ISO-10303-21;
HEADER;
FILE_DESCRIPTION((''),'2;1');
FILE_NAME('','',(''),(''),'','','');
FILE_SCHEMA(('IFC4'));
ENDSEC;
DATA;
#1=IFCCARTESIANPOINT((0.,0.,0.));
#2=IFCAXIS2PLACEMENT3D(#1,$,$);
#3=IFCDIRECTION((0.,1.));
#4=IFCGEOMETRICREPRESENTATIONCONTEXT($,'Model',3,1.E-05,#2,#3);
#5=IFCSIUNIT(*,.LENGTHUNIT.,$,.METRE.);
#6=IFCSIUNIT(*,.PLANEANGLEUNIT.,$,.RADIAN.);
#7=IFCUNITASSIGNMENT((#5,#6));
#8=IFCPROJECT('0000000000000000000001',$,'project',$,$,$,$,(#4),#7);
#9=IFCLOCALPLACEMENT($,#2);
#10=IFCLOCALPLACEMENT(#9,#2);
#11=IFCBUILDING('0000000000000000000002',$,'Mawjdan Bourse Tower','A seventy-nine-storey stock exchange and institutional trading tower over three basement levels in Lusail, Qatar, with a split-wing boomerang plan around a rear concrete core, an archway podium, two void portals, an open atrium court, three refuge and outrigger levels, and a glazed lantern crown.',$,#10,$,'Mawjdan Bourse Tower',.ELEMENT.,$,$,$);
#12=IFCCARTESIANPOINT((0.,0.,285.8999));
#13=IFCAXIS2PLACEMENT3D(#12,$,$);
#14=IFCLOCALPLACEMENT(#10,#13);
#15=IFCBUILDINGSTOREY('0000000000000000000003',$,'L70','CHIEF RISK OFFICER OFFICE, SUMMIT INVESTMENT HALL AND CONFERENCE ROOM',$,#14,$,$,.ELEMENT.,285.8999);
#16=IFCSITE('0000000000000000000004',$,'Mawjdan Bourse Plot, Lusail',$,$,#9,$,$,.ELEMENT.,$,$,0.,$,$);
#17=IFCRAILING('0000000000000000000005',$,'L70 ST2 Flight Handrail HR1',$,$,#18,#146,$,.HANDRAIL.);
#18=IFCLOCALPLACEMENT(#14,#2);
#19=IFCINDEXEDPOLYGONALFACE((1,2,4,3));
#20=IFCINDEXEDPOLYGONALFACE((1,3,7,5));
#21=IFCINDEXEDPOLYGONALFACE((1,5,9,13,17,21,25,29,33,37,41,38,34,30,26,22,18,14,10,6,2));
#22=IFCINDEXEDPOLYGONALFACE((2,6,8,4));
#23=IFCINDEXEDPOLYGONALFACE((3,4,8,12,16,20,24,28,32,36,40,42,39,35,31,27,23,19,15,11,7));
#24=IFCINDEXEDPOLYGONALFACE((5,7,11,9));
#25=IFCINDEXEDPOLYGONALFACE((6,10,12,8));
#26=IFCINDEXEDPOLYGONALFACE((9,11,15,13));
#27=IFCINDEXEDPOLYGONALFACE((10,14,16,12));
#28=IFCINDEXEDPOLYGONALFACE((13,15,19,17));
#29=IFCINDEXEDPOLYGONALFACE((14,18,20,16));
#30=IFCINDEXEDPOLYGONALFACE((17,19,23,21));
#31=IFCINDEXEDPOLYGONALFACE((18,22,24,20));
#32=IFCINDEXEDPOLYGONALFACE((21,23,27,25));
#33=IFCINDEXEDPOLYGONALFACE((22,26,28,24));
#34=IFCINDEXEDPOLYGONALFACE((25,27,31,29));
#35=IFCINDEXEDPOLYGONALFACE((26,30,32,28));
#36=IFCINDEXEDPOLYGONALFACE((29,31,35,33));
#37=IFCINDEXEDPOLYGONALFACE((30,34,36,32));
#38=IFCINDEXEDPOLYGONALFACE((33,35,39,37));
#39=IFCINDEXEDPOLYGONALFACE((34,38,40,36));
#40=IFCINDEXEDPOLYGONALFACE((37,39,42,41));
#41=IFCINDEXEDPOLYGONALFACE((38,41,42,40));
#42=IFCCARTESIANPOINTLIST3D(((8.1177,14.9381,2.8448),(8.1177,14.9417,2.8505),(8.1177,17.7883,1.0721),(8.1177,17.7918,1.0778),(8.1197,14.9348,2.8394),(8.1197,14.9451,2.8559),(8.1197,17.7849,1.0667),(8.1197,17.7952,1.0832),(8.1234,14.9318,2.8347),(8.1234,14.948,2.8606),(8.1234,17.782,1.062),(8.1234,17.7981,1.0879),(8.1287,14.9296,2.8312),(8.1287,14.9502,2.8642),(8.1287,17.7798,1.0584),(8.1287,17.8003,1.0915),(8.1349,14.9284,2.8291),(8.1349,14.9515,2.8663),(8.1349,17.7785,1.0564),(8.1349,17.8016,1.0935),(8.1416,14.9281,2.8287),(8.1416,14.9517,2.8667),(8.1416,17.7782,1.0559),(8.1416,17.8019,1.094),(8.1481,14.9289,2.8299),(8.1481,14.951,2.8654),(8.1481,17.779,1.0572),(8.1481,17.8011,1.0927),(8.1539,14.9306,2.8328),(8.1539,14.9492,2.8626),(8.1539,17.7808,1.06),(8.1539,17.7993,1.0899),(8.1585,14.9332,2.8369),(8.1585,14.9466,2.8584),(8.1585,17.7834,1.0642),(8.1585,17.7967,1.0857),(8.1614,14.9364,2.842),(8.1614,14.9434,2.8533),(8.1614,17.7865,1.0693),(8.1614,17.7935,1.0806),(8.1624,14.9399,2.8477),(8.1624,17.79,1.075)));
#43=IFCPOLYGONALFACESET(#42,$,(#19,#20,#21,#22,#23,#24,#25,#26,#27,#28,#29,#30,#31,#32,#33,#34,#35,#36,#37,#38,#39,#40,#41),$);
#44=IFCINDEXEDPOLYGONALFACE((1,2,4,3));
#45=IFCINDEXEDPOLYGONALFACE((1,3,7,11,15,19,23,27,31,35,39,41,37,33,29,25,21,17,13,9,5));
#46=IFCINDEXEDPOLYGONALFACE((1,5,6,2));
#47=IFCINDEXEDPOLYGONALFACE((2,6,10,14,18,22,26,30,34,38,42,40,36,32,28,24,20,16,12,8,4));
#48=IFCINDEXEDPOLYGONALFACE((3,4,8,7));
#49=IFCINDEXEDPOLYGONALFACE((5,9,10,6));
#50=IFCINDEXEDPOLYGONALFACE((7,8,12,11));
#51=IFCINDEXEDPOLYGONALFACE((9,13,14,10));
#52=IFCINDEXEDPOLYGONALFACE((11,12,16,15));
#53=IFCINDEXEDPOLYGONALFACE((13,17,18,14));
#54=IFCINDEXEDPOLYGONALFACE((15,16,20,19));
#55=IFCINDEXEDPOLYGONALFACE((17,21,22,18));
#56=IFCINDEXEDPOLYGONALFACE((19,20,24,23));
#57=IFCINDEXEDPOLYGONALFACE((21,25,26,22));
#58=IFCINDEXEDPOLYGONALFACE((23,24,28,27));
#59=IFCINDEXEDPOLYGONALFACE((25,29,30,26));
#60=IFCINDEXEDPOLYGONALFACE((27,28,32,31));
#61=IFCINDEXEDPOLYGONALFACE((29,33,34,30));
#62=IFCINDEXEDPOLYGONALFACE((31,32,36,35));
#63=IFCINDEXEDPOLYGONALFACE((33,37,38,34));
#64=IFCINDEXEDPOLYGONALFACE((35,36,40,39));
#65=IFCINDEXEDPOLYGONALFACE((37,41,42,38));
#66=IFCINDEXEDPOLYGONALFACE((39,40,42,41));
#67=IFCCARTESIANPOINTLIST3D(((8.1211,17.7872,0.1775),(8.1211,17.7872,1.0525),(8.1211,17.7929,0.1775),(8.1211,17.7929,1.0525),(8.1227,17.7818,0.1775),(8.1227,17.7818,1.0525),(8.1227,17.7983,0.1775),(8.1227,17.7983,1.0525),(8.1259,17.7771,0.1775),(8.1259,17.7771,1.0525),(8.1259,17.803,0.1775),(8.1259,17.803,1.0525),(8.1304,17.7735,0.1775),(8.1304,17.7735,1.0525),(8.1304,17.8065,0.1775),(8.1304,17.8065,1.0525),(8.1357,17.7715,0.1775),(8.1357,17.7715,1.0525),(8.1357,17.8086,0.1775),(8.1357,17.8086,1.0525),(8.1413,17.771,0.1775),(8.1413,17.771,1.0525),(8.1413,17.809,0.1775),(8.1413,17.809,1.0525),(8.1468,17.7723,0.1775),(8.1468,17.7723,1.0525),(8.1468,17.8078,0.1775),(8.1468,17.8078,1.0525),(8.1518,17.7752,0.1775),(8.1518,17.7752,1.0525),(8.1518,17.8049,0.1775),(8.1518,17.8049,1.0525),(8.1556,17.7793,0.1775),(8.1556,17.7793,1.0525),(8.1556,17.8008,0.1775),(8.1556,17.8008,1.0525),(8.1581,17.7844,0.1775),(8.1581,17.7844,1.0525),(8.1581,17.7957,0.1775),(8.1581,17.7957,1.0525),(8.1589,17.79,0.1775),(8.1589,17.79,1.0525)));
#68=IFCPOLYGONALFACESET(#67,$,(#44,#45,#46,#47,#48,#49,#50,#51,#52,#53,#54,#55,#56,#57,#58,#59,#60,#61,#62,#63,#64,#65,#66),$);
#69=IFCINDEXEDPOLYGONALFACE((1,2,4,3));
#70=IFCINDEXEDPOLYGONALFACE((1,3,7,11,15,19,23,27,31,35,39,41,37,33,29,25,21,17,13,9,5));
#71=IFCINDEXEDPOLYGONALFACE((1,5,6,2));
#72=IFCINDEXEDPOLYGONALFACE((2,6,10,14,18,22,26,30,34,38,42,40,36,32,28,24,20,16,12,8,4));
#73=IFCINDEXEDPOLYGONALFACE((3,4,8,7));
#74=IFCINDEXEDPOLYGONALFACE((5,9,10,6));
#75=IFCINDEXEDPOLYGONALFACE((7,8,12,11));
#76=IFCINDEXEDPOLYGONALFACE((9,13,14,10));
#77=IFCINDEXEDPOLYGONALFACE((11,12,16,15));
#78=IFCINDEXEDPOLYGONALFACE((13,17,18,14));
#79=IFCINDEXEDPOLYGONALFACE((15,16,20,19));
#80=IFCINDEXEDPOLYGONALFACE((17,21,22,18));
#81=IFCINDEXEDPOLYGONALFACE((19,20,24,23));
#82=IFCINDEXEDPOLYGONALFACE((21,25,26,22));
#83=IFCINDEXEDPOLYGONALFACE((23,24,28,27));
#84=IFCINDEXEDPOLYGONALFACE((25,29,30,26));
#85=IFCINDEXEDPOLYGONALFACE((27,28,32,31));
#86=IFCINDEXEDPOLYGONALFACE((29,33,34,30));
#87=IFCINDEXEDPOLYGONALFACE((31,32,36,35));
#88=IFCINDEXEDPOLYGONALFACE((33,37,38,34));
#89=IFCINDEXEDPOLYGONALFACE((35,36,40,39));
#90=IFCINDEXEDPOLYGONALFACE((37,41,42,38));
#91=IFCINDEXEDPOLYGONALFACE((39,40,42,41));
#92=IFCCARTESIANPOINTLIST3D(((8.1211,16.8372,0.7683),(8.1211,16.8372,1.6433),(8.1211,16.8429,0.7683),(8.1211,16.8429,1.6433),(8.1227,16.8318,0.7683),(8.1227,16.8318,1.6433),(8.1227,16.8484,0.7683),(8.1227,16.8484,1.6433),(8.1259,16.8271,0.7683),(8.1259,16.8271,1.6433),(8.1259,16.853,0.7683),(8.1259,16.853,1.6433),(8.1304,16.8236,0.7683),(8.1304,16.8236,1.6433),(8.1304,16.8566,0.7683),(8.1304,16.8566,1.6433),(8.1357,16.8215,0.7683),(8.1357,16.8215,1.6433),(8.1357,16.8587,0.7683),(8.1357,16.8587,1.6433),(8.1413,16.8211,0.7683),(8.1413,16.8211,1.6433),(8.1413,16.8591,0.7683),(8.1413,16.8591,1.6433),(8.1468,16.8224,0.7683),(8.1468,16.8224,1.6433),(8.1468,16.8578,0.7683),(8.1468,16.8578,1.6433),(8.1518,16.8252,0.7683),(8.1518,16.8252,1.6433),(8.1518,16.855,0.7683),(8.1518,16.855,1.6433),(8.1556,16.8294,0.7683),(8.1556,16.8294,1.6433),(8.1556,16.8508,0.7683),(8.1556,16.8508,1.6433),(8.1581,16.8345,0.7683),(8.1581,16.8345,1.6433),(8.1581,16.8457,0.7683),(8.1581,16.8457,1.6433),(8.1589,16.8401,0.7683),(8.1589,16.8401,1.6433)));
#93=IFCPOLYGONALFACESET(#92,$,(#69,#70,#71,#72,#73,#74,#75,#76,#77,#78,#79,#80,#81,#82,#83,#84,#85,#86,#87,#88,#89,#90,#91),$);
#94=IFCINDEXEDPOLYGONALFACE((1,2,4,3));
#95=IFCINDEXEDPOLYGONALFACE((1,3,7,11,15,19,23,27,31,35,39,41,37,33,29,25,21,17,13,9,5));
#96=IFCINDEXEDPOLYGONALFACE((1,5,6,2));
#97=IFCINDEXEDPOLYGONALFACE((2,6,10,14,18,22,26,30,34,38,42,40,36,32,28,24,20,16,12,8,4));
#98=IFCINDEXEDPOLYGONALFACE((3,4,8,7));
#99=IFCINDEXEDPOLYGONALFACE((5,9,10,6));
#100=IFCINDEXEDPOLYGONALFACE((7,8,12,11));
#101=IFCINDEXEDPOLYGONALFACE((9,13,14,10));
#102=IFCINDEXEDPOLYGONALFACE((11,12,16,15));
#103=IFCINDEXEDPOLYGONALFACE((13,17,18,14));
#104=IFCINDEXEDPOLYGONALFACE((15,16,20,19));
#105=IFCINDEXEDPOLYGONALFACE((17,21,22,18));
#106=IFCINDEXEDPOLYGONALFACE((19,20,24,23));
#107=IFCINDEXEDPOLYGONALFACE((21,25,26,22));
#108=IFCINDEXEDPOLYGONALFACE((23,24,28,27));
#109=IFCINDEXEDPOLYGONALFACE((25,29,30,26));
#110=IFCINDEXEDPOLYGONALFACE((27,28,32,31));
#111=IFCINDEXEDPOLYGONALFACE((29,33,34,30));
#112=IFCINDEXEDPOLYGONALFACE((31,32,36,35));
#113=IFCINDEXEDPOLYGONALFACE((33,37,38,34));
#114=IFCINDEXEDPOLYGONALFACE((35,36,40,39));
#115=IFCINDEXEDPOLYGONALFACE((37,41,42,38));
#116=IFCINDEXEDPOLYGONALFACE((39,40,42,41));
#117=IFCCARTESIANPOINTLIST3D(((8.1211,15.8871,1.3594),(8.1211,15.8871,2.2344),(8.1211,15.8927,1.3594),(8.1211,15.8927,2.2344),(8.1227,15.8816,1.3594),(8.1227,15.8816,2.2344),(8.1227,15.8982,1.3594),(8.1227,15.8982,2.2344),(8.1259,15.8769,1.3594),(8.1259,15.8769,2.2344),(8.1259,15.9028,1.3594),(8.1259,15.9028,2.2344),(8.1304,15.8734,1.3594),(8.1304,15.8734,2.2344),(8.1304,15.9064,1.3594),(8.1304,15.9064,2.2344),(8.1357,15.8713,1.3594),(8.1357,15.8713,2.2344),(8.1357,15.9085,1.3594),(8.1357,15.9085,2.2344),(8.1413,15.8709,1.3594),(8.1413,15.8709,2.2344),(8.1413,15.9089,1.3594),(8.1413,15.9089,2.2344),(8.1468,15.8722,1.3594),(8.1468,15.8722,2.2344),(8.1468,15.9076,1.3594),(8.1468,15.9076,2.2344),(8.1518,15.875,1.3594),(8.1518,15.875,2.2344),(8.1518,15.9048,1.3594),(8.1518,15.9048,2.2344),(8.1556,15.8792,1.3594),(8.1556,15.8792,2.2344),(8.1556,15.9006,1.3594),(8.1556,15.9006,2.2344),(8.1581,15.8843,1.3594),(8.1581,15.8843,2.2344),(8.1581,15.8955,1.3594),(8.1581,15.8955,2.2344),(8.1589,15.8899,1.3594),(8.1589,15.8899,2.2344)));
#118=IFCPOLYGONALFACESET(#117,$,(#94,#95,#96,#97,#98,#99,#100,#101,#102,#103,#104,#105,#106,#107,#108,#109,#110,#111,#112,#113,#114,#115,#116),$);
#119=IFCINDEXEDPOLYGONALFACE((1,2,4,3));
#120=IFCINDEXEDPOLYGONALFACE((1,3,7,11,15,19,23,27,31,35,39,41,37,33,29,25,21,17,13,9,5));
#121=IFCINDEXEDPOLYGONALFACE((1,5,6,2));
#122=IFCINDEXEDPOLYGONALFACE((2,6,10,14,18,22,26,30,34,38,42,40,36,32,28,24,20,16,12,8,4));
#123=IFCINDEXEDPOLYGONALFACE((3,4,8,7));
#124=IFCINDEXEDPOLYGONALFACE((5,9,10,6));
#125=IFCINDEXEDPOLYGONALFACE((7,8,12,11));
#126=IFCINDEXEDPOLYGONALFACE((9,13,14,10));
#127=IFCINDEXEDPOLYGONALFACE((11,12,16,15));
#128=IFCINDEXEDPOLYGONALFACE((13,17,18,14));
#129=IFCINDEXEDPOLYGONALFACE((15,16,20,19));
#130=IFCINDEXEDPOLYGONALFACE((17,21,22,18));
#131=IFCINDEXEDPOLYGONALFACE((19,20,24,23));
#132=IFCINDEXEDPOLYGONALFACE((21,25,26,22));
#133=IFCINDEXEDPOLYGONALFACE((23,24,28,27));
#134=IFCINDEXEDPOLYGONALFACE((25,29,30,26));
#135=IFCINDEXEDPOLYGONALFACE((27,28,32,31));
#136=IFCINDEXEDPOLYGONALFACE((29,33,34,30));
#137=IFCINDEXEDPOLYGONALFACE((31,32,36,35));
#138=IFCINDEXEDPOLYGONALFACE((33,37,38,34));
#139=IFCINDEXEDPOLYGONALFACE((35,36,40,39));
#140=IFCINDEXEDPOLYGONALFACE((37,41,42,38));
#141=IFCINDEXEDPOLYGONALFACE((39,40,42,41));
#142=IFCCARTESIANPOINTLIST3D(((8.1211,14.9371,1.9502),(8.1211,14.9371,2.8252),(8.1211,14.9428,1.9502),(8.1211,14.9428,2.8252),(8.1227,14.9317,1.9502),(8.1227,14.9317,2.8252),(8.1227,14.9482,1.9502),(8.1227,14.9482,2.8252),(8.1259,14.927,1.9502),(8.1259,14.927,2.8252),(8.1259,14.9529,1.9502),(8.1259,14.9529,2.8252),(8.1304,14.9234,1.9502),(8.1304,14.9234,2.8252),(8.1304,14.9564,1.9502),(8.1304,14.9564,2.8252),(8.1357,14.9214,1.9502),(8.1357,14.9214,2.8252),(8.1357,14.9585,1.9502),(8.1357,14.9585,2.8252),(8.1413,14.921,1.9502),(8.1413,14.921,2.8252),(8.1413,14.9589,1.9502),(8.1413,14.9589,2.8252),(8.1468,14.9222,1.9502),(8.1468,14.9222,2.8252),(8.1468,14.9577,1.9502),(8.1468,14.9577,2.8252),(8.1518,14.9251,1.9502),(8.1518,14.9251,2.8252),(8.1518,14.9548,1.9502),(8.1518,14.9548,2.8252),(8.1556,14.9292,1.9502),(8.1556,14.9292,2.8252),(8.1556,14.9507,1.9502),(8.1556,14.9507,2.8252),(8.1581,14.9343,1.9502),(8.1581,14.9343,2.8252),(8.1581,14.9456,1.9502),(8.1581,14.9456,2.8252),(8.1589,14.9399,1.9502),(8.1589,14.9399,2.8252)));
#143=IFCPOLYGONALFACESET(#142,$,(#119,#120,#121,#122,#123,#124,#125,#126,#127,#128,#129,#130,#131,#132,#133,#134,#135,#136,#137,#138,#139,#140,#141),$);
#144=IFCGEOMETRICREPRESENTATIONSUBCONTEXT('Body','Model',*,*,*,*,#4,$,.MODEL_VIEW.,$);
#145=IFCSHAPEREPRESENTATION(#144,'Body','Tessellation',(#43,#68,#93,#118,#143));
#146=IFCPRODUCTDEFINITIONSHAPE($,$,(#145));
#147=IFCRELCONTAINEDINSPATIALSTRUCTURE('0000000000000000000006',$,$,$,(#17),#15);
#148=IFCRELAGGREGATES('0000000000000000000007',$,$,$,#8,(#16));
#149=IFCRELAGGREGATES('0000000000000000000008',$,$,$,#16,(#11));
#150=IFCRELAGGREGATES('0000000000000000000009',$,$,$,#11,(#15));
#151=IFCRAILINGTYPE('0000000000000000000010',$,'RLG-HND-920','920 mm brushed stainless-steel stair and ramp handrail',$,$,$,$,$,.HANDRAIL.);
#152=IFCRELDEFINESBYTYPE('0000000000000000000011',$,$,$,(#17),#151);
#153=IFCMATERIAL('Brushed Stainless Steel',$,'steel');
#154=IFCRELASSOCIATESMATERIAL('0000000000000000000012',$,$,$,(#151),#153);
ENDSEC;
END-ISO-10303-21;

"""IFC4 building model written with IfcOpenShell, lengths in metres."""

from ifc_helpers import new_model, si_unit, direction, frame, origin, origin_2d, place, context, subcontext, project, spatial, circle, extrude, material, type_object, element, save


model = new_model("IFC4")

# Units and contexts
model_context = context("Model", 3, precision=1e-05, world=origin(), true_north=direction((0.0, 1.0)))
body_context = subcontext(model_context, "Body", "Model", "MODEL_VIEW")
ifc_project = project(units=[si_unit("LENGTHUNIT", "METRE"), si_unit("PLANEANGLEUNIT", "RADIAN")], contexts=[model_context])

# Site, building, storey
site_placement = place(None, origin())
site = spatial("IfcSite", under=ifc_project, at=site_placement, Name="Mawjdan Bourse Plot, Lusail", CompositionType="ELEMENT", RefElevation=0.0)
building_placement = place(site_placement, origin())
building = spatial("IfcBuilding", under=site, at=building_placement, Name="Mawjdan Bourse Tower", Description="A seventy-nine-storey stock exchange and institutional trading tower over three basement levels in Lusail, Qatar, with a split-wing boomerang plan around a rear concrete core, an archway podium, two void portals, an open atrium court, three refuge and outrigger levels, and a glazed lantern crown.", LongName="Mawjdan Bourse Tower", CompositionType="ELEMENT")
storey_placement = place(building_placement, frame((0.0, 0.0, 285.8999)))
storey = spatial("IfcBuildingStorey", under=building, at=storey_placement, Name="L70", Description="CHIEF RISK OFFICER OFFICE, SUMMIT INVESTMENT HALL AND CONFERENCE ROOM", CompositionType="ELEMENT", Elevation=285.8999)

# Railing
ifc_material_1 = material(Name="Brushed Stainless Steel", Category="steel")
railing_type_1 = type_object("IfcRailingType", Name="RLG-HND-920", Description="920 mm brushed stainless-steel stair and ramp handrail", PredefinedType="HANDRAIL", material=ifc_material_1)
railing_1_placement = place(storey_placement, frame((8.1399, 17.79, 0.1775)))
element("IfcRailing", 1, at=railing_1_placement, inside=storey, type_object=railing_type_1, Name="L70 ST2 Flight Handrail HR1", PredefinedType="HANDRAIL", context=body_context, shape_type="SweptSolid", body=[
    extrude(circle(Radius=0.0225, at=origin_2d()), frame((0.0, 0.0, 0.8975), z_axis=(0.0, -0.849149, 0.528154), x_axis=(1.0, 0.0, 0.0)), (0.0, 0.0, 1.0), 3.3564),
    extrude(circle(Radius=0.019, at=origin_2d()), origin(), (0.0, 0.0, 1.0), 0.875),
    extrude(circle(Radius=0.019, at=origin_2d()), frame((0.0, -0.95, 0.5908)), (0.0, 0.0, 1.0), 0.875),
    extrude(circle(Radius=0.019, at=origin_2d()), frame((0.0, -1.9001, 1.1819)), (0.0, 0.0, 1.0), 0.875),
    extrude(circle(Radius=0.019, at=origin_2d()), frame((0.0, -2.8501, 1.7727)), (0.0, 0.0, 1.0), 0.875),
])

save(model, "model.ifc")
